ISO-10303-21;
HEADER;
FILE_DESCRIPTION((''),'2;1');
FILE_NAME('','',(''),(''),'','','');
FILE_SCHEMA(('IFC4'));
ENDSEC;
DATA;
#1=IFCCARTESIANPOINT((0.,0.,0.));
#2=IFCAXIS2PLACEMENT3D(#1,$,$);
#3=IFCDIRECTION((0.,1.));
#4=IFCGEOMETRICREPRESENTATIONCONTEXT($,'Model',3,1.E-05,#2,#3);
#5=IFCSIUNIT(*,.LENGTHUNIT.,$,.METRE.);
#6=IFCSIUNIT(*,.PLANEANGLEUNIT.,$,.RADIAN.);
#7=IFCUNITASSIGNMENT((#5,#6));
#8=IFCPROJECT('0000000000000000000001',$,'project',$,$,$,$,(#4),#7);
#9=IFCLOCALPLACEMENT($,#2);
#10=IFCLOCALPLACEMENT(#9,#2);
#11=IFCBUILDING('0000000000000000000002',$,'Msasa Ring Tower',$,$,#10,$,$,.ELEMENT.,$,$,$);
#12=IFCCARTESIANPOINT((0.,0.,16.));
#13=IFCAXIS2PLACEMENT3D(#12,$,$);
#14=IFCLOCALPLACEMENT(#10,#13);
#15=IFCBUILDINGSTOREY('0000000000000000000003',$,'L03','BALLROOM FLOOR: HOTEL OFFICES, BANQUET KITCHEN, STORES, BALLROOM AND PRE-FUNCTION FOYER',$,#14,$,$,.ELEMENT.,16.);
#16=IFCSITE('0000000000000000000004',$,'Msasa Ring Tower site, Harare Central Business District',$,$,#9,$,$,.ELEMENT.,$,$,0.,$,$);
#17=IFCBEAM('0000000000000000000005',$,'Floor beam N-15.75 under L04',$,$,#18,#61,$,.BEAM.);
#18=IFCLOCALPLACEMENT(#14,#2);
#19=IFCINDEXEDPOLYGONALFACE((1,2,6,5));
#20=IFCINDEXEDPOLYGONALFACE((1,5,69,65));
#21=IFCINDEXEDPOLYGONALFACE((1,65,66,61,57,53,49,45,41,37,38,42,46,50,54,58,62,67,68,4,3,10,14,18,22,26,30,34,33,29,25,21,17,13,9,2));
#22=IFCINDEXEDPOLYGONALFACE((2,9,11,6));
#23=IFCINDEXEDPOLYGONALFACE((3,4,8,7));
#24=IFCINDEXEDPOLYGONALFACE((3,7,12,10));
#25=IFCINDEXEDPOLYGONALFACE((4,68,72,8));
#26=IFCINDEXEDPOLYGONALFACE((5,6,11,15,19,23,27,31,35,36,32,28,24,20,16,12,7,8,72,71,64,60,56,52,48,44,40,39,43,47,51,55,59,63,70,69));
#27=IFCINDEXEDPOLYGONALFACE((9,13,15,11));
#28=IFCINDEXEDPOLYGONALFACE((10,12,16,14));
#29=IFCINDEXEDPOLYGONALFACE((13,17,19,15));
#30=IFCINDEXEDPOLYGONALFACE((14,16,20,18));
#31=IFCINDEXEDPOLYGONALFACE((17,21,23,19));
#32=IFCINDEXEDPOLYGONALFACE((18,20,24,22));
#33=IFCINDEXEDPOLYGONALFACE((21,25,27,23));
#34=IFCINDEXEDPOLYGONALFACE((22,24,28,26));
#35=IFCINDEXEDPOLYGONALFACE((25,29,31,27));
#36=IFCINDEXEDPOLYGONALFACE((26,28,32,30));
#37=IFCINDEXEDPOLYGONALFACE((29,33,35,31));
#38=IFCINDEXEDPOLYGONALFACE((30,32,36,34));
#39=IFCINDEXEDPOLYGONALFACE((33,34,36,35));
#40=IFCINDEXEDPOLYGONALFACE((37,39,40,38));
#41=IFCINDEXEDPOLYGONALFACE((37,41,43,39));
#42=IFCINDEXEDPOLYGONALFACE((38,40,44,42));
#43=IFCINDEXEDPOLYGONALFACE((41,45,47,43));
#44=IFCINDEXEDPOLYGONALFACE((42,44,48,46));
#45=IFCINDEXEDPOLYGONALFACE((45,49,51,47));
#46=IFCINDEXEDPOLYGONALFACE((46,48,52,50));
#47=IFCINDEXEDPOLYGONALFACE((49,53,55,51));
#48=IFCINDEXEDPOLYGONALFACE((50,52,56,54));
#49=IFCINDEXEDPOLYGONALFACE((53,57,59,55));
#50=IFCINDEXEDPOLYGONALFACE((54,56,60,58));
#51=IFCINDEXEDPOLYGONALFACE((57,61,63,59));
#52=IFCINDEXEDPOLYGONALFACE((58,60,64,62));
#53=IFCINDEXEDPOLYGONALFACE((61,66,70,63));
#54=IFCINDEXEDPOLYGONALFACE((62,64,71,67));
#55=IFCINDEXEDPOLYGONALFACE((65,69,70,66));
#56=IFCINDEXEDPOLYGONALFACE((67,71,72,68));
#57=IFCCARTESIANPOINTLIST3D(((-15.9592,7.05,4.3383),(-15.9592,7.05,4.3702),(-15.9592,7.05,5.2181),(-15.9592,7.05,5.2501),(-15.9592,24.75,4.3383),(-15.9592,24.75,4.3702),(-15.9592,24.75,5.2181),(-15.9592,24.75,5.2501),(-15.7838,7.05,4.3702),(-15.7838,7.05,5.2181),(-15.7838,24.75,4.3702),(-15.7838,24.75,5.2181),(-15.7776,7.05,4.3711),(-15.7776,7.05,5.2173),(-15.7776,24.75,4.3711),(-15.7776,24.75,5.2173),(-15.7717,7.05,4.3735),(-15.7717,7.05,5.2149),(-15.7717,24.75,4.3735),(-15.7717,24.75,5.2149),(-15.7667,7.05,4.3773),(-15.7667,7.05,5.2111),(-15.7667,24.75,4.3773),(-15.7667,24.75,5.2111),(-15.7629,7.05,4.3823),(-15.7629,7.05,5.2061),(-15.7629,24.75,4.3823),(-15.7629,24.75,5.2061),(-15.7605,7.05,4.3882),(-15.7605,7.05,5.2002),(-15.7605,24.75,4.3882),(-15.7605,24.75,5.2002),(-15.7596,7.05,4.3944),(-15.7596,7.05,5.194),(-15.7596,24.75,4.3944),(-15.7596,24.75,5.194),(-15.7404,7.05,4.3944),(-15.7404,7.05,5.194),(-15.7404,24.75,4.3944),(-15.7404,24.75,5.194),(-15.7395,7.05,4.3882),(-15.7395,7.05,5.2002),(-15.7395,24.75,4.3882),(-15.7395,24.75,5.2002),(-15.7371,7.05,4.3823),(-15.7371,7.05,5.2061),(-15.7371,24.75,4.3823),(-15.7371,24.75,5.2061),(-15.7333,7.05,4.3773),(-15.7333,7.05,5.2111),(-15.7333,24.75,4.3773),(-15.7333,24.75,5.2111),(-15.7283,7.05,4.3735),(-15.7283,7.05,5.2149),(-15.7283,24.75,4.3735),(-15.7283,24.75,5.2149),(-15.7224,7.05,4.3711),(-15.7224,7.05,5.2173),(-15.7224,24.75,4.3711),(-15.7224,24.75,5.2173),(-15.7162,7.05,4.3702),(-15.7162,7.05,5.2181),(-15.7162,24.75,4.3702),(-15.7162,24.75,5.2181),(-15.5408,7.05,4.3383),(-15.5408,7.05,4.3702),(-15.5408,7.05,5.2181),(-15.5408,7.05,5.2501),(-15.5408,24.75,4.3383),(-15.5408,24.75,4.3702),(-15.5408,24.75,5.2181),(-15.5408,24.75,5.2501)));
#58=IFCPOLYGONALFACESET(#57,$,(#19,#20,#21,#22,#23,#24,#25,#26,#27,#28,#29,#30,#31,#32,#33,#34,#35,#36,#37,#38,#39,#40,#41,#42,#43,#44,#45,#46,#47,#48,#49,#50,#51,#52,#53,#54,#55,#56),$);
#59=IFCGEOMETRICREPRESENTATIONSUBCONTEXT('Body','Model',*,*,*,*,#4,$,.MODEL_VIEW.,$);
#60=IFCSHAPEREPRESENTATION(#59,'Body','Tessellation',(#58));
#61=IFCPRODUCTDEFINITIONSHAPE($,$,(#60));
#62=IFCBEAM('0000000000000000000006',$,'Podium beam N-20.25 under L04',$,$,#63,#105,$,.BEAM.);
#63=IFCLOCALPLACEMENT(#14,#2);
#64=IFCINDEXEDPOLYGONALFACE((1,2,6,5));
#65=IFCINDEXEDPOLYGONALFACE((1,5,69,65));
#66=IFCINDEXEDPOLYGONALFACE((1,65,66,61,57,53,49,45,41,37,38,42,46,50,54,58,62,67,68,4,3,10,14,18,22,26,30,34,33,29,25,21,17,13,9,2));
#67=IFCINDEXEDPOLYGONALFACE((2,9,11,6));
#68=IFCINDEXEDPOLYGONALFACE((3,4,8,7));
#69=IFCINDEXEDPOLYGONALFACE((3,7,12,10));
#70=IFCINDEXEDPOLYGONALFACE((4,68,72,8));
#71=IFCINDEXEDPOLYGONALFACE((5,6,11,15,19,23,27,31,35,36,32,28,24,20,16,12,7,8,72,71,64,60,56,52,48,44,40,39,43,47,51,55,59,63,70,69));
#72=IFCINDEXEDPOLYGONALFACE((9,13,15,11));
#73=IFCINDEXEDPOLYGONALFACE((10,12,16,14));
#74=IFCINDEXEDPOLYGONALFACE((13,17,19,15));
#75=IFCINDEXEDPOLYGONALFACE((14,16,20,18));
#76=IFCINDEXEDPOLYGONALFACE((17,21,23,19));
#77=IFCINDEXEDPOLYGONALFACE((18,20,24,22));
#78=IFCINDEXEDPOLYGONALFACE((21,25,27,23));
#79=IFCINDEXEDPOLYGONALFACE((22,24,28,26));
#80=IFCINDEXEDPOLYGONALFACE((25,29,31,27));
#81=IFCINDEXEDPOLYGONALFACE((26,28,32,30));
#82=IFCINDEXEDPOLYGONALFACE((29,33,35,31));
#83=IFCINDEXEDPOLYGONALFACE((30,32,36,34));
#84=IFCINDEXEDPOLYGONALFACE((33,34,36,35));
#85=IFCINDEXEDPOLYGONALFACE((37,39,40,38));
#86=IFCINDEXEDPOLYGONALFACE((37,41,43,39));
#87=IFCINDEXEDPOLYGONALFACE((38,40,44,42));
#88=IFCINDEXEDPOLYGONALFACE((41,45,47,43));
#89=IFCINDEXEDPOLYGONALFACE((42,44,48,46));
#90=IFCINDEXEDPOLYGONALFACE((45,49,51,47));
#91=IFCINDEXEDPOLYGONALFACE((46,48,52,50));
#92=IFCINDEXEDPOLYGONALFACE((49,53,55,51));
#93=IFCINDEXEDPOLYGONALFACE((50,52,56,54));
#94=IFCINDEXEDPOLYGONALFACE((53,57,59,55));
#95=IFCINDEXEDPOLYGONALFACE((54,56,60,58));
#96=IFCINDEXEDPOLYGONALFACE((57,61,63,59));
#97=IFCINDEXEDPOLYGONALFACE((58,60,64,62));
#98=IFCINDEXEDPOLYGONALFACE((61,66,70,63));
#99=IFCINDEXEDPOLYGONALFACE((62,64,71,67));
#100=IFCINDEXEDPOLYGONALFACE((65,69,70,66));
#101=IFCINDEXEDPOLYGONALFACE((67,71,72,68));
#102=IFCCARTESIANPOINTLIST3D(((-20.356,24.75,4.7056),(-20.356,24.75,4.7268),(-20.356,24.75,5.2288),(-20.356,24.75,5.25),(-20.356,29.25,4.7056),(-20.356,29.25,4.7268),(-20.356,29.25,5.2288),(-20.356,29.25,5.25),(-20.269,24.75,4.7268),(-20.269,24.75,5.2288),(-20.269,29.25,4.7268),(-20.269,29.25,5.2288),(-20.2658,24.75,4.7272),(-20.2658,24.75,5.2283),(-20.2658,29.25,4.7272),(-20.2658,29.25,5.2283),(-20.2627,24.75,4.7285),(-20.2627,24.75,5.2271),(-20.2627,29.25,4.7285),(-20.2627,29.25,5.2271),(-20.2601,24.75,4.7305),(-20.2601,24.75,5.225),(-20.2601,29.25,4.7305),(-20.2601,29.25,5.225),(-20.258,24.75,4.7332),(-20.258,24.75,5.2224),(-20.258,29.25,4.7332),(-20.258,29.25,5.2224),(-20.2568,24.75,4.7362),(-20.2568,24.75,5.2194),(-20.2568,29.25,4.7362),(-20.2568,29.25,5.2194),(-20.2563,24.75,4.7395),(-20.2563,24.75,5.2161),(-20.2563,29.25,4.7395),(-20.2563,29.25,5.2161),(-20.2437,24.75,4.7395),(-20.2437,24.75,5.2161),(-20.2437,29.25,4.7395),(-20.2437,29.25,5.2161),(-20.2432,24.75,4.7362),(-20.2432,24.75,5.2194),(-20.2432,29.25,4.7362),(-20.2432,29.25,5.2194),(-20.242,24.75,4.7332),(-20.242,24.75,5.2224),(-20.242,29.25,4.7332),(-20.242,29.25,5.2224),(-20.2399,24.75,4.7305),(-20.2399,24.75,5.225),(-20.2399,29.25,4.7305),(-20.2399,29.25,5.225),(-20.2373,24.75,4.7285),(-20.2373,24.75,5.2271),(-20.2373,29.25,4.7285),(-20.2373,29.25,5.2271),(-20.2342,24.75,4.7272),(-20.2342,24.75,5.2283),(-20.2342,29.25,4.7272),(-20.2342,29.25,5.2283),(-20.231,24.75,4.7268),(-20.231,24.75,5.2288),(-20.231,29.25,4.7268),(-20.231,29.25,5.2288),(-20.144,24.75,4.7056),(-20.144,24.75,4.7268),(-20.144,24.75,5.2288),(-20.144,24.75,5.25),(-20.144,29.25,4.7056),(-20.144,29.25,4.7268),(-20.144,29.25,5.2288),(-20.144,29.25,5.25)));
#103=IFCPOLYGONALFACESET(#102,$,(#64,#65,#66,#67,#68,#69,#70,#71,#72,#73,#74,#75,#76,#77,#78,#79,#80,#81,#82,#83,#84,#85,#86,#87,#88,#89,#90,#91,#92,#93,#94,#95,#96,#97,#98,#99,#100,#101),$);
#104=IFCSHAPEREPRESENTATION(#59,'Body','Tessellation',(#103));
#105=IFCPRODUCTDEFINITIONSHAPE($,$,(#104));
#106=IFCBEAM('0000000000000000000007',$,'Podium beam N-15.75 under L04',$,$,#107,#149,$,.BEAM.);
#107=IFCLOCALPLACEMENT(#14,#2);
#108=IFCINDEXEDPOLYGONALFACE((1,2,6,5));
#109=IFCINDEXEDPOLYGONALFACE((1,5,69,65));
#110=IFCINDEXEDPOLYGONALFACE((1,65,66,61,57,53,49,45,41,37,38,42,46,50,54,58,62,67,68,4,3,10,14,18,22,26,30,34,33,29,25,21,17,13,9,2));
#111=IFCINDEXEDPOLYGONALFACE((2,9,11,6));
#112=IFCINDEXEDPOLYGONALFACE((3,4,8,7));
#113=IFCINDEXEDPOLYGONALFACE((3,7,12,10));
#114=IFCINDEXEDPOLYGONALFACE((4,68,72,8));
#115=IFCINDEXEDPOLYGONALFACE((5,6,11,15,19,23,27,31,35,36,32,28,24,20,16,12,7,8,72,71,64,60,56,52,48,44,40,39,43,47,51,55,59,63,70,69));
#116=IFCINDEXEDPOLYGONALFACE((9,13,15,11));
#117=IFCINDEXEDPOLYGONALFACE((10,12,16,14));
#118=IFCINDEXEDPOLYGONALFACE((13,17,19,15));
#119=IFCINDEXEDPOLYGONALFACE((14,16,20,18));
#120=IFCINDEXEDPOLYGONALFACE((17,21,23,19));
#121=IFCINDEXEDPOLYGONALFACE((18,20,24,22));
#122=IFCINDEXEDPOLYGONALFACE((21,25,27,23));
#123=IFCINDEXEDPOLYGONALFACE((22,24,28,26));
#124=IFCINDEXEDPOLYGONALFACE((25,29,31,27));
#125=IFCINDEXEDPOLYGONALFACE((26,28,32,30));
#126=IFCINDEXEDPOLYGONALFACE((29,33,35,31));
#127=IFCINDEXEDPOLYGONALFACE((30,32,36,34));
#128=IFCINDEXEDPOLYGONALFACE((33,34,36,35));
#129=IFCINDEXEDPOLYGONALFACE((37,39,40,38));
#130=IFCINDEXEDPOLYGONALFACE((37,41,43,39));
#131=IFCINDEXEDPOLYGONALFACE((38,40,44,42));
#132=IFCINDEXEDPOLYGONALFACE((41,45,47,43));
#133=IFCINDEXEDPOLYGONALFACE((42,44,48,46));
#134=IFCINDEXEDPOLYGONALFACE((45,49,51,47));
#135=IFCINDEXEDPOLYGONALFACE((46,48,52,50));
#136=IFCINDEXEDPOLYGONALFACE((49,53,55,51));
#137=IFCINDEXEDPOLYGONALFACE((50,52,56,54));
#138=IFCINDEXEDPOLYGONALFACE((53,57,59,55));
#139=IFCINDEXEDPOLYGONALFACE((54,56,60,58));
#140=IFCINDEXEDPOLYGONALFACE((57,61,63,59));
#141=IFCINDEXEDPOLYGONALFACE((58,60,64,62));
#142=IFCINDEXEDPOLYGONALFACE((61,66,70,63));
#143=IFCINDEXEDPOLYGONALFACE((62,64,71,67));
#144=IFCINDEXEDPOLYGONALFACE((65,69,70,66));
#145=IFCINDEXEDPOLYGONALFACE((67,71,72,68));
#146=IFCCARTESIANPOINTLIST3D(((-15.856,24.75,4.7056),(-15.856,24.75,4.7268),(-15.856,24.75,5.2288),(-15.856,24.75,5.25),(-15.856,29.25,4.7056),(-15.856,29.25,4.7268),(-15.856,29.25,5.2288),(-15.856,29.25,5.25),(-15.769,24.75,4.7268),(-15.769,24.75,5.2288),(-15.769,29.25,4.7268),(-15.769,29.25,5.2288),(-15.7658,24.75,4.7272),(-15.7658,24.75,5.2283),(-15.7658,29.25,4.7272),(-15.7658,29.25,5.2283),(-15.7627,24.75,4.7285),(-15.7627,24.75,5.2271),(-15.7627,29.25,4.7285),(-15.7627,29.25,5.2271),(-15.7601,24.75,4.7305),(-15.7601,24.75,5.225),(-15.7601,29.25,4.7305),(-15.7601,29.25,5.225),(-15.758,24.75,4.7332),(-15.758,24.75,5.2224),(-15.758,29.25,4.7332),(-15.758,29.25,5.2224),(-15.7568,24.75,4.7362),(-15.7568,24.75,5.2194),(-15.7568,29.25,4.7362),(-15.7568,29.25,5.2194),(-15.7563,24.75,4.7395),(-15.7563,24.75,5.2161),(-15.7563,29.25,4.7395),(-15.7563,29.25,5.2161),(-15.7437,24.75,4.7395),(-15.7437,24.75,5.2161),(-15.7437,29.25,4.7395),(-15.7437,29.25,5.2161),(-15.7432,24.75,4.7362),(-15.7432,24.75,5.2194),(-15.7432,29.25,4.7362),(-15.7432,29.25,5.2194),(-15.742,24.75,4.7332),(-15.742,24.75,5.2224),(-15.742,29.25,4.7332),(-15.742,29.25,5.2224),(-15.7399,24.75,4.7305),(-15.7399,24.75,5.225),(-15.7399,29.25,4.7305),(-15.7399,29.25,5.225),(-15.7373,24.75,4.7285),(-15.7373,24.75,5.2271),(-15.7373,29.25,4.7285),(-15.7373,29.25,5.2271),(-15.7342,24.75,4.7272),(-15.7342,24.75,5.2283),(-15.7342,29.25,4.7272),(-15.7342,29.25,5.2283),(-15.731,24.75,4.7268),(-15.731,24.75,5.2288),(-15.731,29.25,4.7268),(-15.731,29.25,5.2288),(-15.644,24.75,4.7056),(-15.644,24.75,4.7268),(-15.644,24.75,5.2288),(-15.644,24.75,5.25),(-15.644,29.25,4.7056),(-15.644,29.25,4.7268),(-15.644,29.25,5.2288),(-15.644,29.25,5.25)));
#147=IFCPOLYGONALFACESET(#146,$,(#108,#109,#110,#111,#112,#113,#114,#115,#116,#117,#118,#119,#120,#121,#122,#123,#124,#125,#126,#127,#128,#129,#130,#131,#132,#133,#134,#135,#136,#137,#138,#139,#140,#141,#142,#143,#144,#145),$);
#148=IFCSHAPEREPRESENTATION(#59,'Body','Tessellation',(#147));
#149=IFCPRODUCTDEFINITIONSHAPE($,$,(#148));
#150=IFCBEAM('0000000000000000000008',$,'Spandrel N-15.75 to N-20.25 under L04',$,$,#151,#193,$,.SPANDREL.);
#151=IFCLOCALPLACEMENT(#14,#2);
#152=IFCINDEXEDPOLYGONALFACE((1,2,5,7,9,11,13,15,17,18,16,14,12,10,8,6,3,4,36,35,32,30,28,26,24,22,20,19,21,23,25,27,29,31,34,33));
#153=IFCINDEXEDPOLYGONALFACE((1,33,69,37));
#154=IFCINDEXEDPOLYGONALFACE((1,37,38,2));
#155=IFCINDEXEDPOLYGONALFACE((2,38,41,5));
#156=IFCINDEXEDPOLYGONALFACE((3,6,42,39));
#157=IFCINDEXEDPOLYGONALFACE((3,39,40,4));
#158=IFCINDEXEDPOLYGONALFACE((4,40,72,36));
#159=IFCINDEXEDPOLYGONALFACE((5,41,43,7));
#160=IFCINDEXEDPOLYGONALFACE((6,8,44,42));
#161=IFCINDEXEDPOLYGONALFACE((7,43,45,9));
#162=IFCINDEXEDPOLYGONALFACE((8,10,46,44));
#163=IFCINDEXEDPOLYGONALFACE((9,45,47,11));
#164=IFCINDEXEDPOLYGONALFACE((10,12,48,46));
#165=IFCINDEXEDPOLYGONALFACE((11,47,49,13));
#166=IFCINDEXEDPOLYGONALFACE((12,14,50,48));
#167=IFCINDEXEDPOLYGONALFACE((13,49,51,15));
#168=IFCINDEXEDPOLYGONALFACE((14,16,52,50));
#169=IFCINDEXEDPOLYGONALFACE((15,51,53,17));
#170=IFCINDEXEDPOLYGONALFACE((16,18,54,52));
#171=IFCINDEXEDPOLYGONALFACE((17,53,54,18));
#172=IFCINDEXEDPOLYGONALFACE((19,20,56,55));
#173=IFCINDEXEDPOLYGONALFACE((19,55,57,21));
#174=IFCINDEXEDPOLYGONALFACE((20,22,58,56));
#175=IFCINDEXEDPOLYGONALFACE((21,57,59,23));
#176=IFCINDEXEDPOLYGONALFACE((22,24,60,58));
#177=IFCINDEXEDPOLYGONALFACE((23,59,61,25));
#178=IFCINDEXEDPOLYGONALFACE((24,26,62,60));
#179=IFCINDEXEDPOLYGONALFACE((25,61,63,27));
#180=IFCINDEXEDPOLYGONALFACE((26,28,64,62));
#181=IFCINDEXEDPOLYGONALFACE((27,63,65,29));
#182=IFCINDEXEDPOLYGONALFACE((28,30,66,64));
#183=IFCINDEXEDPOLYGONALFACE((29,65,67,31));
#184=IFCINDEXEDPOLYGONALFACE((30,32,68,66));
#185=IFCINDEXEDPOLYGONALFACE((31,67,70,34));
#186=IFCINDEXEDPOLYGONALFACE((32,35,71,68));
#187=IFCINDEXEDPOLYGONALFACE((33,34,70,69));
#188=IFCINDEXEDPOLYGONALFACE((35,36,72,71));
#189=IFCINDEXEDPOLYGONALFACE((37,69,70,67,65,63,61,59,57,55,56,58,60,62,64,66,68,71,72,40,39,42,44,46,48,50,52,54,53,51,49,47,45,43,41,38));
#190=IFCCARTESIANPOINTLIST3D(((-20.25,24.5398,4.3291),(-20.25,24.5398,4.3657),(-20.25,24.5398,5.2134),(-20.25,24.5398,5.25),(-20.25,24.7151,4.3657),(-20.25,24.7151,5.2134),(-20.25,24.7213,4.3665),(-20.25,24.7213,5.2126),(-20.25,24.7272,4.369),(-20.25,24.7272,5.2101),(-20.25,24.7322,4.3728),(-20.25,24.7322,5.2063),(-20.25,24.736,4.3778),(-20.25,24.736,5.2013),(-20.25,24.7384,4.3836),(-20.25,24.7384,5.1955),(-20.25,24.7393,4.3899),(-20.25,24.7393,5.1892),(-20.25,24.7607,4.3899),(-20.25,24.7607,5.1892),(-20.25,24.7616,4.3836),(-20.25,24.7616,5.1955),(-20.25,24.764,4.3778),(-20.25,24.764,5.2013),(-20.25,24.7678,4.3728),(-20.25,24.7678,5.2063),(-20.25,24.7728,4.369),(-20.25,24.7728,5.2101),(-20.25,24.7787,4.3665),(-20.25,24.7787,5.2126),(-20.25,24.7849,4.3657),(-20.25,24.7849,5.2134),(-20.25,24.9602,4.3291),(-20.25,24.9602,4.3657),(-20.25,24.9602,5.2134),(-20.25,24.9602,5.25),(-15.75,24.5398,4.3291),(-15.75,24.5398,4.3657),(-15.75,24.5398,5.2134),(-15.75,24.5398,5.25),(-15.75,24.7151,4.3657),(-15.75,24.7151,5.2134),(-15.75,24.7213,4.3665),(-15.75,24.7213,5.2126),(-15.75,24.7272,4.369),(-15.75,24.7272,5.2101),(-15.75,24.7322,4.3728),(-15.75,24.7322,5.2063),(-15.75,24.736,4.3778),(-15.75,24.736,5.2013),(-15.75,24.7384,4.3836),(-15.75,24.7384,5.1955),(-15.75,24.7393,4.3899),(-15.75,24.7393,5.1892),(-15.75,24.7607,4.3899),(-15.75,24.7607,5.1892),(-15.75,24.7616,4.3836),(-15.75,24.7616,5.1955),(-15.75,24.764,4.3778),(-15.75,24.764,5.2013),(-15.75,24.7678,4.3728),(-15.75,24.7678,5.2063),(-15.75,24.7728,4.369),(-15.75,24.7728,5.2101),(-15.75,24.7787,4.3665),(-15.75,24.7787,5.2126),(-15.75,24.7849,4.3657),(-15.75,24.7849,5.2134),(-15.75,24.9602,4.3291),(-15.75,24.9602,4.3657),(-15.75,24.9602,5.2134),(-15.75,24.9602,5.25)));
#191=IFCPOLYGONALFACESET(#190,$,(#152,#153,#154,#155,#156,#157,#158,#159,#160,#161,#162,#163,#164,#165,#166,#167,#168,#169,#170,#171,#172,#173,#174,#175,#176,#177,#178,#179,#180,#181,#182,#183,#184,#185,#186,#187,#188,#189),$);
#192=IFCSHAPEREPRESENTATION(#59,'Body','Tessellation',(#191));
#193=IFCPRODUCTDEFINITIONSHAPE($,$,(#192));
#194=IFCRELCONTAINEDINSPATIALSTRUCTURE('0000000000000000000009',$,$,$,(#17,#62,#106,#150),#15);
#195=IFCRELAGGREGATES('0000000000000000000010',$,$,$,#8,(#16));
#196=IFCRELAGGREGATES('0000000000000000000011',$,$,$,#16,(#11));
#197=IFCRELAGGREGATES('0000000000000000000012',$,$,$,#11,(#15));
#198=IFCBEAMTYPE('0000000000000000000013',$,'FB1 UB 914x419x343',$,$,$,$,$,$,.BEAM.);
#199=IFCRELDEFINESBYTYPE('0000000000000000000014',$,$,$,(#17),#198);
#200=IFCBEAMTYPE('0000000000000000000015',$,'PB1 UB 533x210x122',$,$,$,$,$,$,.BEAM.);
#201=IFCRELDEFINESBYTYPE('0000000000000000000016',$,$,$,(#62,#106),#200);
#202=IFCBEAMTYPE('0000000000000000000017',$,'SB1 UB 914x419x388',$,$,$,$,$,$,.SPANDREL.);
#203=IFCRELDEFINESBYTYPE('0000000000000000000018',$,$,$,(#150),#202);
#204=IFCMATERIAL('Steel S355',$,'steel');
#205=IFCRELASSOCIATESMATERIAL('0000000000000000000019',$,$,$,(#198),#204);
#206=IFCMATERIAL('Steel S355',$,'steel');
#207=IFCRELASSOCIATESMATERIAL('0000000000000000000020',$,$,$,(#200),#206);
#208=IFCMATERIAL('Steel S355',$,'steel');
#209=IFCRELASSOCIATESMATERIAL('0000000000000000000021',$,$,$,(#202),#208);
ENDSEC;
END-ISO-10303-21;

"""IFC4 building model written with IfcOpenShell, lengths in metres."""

from ifc_helpers import new_model, si_unit, direction, frame, origin, origin_2d, place, context, subcontext, project, spatial, i_section, extrude, material, material_profile, profile_set, type_object, element, save


model = new_model("IFC4")

# Units and contexts
model_context = context("Model", 3, precision=1e-05, world=origin(), true_north=direction((0.0, 1.0)))
body_context = subcontext(model_context, "Body", "Model", "MODEL_VIEW")
ifc_project = project(units=[si_unit("LENGTHUNIT", "METRE"), si_unit("PLANEANGLEUNIT", "RADIAN")], contexts=[model_context])

# Site, building, storey
site_placement = place(None, origin())
site = spatial("IfcSite", under=ifc_project, at=site_placement, Name="Msasa Ring Tower site, Harare Central Business District", CompositionType="ELEMENT", RefElevation=0.0)
building_placement = place(site_placement, origin())
building = spatial("IfcBuilding", under=site, at=building_placement, Name="Msasa Ring Tower", CompositionType="ELEMENT")
storey_placement = place(building_placement, frame((0.0, 0.0, 16.0)))
storey = spatial("IfcBuildingStorey", under=building, at=storey_placement, Name="L03", Description="BALLROOM FLOOR: HOTEL OFFICES, BANQUET KITCHEN, STORES, BALLROOM AND PRE-FUNCTION FOYER", CompositionType="ELEMENT", Elevation=16.0)

# Beams
ifc_material_1 = material(Name="Steel S355", Category="steel")
ifc_material_profile_1 = material_profile(ifc_material_1, i_section(OverallWidth=0.4185, OverallDepth=0.9119, WebThickness=0.0193, FlangeThickness=0.032, FilletRadius=0.0242, at=origin_2d()), Name="UB 914x419x343")
ifc_profile_set_1 = profile_set([ifc_material_profile_1], Name="Steel S355")
beam_type_1 = type_object("IfcBeamType", Name="FB1 UB 914x419x343", PredefinedType="BEAM", material=ifc_profile_set_1)
beam_1_placement = place(storey_placement, frame((-15.75, 24.75, 4.7942), z_axis=(0.0, -1.0, 0.0), x_axis=(1.0, 0.0, 0.0)))
element("IfcBeam", 1, at=beam_1_placement, inside=storey, type_object=beam_type_1, Name="Floor beam N-15.75 under L04", PredefinedType="BEAM", context=body_context, shape_type="SweptSolid", body=[
    extrude(i_section(OverallWidth=0.4185, OverallDepth=0.9119, WebThickness=0.0193, FlangeThickness=0.032, FilletRadius=0.0242, at=origin_2d()), origin(), (0.0, 0.0, 1.0), 17.7),
])
ifc_material_2 = material(Name="Steel S355", Category="steel")
ifc_material_profile_2 = material_profile(ifc_material_2, i_section(OverallWidth=0.2119, OverallDepth=0.5444, WebThickness=0.0127, FlangeThickness=0.0212, FilletRadius=0.0127, at=origin_2d()), Name="UB 533x210x122")
ifc_profile_set_2 = profile_set([ifc_material_profile_2], Name="Steel S355")
beam_type_2 = type_object("IfcBeamType", Name="PB1 UB 533x210x122", PredefinedType="BEAM", material=ifc_profile_set_2)
for number, where, z_axis, x_axis, name in (
    (2, (-20.25, 29.25, 4.9778), (0.0, -1.0, 0.0), (1.0, 0.0, 0.0), "Podium beam N-20.25 under L04"),
    (3, (-15.75, 29.25, 4.9778), (0.0, -1.0, 0.0), (1.0, 0.0, 0.0), "Podium beam N-15.75 under L04"),
):
    element("IfcBeam", number, at=place(storey_placement, frame(where, z_axis=z_axis, x_axis=x_axis)), inside=storey, type_object=beam_type_2, Name=name, PredefinedType="BEAM", context=body_context, shape_type="SweptSolid", body=[
        extrude(i_section(OverallWidth=0.2119, OverallDepth=0.5444, WebThickness=0.0127, FlangeThickness=0.0212, FilletRadius=0.0127, at=origin_2d()), origin(), (0.0, 0.0, 1.0), 4.5),
    ])
ifc_material_3 = material(Name="Steel S355", Category="steel")
ifc_material_profile_3 = material_profile(ifc_material_3, i_section(OverallWidth=0.4204, OverallDepth=0.9209, WebThickness=0.0215, FlangeThickness=0.0366, FilletRadius=0.0242, at=origin_2d()), Name="UB 914x419x388")
ifc_profile_set_3 = profile_set([ifc_material_profile_3], Name="Steel S355")
beam_type_3 = type_object("IfcBeamType", Name="SB1 UB 914x419x388", PredefinedType="SPANDREL", material=ifc_profile_set_3)
beam_2_placement = place(storey_placement, frame((-15.75, 24.75, 4.7896), z_axis=(-1.0, 0.0, 0.0), x_axis=(0.0, -1.0, 0.0)))
element("IfcBeam", 4, at=beam_2_placement, inside=storey, type_object=beam_type_3, Name="Spandrel N-15.75 to N-20.25 under L04", PredefinedType="SPANDREL", context=body_context, shape_type="SweptSolid", body=[
    extrude(i_section(OverallWidth=0.4204, OverallDepth=0.9209, WebThickness=0.0215, FlangeThickness=0.0366, FilletRadius=0.0242, at=origin_2d()), origin(), (0.0, 0.0, 1.0), 4.5),
])

save(model, "model.ifc")
